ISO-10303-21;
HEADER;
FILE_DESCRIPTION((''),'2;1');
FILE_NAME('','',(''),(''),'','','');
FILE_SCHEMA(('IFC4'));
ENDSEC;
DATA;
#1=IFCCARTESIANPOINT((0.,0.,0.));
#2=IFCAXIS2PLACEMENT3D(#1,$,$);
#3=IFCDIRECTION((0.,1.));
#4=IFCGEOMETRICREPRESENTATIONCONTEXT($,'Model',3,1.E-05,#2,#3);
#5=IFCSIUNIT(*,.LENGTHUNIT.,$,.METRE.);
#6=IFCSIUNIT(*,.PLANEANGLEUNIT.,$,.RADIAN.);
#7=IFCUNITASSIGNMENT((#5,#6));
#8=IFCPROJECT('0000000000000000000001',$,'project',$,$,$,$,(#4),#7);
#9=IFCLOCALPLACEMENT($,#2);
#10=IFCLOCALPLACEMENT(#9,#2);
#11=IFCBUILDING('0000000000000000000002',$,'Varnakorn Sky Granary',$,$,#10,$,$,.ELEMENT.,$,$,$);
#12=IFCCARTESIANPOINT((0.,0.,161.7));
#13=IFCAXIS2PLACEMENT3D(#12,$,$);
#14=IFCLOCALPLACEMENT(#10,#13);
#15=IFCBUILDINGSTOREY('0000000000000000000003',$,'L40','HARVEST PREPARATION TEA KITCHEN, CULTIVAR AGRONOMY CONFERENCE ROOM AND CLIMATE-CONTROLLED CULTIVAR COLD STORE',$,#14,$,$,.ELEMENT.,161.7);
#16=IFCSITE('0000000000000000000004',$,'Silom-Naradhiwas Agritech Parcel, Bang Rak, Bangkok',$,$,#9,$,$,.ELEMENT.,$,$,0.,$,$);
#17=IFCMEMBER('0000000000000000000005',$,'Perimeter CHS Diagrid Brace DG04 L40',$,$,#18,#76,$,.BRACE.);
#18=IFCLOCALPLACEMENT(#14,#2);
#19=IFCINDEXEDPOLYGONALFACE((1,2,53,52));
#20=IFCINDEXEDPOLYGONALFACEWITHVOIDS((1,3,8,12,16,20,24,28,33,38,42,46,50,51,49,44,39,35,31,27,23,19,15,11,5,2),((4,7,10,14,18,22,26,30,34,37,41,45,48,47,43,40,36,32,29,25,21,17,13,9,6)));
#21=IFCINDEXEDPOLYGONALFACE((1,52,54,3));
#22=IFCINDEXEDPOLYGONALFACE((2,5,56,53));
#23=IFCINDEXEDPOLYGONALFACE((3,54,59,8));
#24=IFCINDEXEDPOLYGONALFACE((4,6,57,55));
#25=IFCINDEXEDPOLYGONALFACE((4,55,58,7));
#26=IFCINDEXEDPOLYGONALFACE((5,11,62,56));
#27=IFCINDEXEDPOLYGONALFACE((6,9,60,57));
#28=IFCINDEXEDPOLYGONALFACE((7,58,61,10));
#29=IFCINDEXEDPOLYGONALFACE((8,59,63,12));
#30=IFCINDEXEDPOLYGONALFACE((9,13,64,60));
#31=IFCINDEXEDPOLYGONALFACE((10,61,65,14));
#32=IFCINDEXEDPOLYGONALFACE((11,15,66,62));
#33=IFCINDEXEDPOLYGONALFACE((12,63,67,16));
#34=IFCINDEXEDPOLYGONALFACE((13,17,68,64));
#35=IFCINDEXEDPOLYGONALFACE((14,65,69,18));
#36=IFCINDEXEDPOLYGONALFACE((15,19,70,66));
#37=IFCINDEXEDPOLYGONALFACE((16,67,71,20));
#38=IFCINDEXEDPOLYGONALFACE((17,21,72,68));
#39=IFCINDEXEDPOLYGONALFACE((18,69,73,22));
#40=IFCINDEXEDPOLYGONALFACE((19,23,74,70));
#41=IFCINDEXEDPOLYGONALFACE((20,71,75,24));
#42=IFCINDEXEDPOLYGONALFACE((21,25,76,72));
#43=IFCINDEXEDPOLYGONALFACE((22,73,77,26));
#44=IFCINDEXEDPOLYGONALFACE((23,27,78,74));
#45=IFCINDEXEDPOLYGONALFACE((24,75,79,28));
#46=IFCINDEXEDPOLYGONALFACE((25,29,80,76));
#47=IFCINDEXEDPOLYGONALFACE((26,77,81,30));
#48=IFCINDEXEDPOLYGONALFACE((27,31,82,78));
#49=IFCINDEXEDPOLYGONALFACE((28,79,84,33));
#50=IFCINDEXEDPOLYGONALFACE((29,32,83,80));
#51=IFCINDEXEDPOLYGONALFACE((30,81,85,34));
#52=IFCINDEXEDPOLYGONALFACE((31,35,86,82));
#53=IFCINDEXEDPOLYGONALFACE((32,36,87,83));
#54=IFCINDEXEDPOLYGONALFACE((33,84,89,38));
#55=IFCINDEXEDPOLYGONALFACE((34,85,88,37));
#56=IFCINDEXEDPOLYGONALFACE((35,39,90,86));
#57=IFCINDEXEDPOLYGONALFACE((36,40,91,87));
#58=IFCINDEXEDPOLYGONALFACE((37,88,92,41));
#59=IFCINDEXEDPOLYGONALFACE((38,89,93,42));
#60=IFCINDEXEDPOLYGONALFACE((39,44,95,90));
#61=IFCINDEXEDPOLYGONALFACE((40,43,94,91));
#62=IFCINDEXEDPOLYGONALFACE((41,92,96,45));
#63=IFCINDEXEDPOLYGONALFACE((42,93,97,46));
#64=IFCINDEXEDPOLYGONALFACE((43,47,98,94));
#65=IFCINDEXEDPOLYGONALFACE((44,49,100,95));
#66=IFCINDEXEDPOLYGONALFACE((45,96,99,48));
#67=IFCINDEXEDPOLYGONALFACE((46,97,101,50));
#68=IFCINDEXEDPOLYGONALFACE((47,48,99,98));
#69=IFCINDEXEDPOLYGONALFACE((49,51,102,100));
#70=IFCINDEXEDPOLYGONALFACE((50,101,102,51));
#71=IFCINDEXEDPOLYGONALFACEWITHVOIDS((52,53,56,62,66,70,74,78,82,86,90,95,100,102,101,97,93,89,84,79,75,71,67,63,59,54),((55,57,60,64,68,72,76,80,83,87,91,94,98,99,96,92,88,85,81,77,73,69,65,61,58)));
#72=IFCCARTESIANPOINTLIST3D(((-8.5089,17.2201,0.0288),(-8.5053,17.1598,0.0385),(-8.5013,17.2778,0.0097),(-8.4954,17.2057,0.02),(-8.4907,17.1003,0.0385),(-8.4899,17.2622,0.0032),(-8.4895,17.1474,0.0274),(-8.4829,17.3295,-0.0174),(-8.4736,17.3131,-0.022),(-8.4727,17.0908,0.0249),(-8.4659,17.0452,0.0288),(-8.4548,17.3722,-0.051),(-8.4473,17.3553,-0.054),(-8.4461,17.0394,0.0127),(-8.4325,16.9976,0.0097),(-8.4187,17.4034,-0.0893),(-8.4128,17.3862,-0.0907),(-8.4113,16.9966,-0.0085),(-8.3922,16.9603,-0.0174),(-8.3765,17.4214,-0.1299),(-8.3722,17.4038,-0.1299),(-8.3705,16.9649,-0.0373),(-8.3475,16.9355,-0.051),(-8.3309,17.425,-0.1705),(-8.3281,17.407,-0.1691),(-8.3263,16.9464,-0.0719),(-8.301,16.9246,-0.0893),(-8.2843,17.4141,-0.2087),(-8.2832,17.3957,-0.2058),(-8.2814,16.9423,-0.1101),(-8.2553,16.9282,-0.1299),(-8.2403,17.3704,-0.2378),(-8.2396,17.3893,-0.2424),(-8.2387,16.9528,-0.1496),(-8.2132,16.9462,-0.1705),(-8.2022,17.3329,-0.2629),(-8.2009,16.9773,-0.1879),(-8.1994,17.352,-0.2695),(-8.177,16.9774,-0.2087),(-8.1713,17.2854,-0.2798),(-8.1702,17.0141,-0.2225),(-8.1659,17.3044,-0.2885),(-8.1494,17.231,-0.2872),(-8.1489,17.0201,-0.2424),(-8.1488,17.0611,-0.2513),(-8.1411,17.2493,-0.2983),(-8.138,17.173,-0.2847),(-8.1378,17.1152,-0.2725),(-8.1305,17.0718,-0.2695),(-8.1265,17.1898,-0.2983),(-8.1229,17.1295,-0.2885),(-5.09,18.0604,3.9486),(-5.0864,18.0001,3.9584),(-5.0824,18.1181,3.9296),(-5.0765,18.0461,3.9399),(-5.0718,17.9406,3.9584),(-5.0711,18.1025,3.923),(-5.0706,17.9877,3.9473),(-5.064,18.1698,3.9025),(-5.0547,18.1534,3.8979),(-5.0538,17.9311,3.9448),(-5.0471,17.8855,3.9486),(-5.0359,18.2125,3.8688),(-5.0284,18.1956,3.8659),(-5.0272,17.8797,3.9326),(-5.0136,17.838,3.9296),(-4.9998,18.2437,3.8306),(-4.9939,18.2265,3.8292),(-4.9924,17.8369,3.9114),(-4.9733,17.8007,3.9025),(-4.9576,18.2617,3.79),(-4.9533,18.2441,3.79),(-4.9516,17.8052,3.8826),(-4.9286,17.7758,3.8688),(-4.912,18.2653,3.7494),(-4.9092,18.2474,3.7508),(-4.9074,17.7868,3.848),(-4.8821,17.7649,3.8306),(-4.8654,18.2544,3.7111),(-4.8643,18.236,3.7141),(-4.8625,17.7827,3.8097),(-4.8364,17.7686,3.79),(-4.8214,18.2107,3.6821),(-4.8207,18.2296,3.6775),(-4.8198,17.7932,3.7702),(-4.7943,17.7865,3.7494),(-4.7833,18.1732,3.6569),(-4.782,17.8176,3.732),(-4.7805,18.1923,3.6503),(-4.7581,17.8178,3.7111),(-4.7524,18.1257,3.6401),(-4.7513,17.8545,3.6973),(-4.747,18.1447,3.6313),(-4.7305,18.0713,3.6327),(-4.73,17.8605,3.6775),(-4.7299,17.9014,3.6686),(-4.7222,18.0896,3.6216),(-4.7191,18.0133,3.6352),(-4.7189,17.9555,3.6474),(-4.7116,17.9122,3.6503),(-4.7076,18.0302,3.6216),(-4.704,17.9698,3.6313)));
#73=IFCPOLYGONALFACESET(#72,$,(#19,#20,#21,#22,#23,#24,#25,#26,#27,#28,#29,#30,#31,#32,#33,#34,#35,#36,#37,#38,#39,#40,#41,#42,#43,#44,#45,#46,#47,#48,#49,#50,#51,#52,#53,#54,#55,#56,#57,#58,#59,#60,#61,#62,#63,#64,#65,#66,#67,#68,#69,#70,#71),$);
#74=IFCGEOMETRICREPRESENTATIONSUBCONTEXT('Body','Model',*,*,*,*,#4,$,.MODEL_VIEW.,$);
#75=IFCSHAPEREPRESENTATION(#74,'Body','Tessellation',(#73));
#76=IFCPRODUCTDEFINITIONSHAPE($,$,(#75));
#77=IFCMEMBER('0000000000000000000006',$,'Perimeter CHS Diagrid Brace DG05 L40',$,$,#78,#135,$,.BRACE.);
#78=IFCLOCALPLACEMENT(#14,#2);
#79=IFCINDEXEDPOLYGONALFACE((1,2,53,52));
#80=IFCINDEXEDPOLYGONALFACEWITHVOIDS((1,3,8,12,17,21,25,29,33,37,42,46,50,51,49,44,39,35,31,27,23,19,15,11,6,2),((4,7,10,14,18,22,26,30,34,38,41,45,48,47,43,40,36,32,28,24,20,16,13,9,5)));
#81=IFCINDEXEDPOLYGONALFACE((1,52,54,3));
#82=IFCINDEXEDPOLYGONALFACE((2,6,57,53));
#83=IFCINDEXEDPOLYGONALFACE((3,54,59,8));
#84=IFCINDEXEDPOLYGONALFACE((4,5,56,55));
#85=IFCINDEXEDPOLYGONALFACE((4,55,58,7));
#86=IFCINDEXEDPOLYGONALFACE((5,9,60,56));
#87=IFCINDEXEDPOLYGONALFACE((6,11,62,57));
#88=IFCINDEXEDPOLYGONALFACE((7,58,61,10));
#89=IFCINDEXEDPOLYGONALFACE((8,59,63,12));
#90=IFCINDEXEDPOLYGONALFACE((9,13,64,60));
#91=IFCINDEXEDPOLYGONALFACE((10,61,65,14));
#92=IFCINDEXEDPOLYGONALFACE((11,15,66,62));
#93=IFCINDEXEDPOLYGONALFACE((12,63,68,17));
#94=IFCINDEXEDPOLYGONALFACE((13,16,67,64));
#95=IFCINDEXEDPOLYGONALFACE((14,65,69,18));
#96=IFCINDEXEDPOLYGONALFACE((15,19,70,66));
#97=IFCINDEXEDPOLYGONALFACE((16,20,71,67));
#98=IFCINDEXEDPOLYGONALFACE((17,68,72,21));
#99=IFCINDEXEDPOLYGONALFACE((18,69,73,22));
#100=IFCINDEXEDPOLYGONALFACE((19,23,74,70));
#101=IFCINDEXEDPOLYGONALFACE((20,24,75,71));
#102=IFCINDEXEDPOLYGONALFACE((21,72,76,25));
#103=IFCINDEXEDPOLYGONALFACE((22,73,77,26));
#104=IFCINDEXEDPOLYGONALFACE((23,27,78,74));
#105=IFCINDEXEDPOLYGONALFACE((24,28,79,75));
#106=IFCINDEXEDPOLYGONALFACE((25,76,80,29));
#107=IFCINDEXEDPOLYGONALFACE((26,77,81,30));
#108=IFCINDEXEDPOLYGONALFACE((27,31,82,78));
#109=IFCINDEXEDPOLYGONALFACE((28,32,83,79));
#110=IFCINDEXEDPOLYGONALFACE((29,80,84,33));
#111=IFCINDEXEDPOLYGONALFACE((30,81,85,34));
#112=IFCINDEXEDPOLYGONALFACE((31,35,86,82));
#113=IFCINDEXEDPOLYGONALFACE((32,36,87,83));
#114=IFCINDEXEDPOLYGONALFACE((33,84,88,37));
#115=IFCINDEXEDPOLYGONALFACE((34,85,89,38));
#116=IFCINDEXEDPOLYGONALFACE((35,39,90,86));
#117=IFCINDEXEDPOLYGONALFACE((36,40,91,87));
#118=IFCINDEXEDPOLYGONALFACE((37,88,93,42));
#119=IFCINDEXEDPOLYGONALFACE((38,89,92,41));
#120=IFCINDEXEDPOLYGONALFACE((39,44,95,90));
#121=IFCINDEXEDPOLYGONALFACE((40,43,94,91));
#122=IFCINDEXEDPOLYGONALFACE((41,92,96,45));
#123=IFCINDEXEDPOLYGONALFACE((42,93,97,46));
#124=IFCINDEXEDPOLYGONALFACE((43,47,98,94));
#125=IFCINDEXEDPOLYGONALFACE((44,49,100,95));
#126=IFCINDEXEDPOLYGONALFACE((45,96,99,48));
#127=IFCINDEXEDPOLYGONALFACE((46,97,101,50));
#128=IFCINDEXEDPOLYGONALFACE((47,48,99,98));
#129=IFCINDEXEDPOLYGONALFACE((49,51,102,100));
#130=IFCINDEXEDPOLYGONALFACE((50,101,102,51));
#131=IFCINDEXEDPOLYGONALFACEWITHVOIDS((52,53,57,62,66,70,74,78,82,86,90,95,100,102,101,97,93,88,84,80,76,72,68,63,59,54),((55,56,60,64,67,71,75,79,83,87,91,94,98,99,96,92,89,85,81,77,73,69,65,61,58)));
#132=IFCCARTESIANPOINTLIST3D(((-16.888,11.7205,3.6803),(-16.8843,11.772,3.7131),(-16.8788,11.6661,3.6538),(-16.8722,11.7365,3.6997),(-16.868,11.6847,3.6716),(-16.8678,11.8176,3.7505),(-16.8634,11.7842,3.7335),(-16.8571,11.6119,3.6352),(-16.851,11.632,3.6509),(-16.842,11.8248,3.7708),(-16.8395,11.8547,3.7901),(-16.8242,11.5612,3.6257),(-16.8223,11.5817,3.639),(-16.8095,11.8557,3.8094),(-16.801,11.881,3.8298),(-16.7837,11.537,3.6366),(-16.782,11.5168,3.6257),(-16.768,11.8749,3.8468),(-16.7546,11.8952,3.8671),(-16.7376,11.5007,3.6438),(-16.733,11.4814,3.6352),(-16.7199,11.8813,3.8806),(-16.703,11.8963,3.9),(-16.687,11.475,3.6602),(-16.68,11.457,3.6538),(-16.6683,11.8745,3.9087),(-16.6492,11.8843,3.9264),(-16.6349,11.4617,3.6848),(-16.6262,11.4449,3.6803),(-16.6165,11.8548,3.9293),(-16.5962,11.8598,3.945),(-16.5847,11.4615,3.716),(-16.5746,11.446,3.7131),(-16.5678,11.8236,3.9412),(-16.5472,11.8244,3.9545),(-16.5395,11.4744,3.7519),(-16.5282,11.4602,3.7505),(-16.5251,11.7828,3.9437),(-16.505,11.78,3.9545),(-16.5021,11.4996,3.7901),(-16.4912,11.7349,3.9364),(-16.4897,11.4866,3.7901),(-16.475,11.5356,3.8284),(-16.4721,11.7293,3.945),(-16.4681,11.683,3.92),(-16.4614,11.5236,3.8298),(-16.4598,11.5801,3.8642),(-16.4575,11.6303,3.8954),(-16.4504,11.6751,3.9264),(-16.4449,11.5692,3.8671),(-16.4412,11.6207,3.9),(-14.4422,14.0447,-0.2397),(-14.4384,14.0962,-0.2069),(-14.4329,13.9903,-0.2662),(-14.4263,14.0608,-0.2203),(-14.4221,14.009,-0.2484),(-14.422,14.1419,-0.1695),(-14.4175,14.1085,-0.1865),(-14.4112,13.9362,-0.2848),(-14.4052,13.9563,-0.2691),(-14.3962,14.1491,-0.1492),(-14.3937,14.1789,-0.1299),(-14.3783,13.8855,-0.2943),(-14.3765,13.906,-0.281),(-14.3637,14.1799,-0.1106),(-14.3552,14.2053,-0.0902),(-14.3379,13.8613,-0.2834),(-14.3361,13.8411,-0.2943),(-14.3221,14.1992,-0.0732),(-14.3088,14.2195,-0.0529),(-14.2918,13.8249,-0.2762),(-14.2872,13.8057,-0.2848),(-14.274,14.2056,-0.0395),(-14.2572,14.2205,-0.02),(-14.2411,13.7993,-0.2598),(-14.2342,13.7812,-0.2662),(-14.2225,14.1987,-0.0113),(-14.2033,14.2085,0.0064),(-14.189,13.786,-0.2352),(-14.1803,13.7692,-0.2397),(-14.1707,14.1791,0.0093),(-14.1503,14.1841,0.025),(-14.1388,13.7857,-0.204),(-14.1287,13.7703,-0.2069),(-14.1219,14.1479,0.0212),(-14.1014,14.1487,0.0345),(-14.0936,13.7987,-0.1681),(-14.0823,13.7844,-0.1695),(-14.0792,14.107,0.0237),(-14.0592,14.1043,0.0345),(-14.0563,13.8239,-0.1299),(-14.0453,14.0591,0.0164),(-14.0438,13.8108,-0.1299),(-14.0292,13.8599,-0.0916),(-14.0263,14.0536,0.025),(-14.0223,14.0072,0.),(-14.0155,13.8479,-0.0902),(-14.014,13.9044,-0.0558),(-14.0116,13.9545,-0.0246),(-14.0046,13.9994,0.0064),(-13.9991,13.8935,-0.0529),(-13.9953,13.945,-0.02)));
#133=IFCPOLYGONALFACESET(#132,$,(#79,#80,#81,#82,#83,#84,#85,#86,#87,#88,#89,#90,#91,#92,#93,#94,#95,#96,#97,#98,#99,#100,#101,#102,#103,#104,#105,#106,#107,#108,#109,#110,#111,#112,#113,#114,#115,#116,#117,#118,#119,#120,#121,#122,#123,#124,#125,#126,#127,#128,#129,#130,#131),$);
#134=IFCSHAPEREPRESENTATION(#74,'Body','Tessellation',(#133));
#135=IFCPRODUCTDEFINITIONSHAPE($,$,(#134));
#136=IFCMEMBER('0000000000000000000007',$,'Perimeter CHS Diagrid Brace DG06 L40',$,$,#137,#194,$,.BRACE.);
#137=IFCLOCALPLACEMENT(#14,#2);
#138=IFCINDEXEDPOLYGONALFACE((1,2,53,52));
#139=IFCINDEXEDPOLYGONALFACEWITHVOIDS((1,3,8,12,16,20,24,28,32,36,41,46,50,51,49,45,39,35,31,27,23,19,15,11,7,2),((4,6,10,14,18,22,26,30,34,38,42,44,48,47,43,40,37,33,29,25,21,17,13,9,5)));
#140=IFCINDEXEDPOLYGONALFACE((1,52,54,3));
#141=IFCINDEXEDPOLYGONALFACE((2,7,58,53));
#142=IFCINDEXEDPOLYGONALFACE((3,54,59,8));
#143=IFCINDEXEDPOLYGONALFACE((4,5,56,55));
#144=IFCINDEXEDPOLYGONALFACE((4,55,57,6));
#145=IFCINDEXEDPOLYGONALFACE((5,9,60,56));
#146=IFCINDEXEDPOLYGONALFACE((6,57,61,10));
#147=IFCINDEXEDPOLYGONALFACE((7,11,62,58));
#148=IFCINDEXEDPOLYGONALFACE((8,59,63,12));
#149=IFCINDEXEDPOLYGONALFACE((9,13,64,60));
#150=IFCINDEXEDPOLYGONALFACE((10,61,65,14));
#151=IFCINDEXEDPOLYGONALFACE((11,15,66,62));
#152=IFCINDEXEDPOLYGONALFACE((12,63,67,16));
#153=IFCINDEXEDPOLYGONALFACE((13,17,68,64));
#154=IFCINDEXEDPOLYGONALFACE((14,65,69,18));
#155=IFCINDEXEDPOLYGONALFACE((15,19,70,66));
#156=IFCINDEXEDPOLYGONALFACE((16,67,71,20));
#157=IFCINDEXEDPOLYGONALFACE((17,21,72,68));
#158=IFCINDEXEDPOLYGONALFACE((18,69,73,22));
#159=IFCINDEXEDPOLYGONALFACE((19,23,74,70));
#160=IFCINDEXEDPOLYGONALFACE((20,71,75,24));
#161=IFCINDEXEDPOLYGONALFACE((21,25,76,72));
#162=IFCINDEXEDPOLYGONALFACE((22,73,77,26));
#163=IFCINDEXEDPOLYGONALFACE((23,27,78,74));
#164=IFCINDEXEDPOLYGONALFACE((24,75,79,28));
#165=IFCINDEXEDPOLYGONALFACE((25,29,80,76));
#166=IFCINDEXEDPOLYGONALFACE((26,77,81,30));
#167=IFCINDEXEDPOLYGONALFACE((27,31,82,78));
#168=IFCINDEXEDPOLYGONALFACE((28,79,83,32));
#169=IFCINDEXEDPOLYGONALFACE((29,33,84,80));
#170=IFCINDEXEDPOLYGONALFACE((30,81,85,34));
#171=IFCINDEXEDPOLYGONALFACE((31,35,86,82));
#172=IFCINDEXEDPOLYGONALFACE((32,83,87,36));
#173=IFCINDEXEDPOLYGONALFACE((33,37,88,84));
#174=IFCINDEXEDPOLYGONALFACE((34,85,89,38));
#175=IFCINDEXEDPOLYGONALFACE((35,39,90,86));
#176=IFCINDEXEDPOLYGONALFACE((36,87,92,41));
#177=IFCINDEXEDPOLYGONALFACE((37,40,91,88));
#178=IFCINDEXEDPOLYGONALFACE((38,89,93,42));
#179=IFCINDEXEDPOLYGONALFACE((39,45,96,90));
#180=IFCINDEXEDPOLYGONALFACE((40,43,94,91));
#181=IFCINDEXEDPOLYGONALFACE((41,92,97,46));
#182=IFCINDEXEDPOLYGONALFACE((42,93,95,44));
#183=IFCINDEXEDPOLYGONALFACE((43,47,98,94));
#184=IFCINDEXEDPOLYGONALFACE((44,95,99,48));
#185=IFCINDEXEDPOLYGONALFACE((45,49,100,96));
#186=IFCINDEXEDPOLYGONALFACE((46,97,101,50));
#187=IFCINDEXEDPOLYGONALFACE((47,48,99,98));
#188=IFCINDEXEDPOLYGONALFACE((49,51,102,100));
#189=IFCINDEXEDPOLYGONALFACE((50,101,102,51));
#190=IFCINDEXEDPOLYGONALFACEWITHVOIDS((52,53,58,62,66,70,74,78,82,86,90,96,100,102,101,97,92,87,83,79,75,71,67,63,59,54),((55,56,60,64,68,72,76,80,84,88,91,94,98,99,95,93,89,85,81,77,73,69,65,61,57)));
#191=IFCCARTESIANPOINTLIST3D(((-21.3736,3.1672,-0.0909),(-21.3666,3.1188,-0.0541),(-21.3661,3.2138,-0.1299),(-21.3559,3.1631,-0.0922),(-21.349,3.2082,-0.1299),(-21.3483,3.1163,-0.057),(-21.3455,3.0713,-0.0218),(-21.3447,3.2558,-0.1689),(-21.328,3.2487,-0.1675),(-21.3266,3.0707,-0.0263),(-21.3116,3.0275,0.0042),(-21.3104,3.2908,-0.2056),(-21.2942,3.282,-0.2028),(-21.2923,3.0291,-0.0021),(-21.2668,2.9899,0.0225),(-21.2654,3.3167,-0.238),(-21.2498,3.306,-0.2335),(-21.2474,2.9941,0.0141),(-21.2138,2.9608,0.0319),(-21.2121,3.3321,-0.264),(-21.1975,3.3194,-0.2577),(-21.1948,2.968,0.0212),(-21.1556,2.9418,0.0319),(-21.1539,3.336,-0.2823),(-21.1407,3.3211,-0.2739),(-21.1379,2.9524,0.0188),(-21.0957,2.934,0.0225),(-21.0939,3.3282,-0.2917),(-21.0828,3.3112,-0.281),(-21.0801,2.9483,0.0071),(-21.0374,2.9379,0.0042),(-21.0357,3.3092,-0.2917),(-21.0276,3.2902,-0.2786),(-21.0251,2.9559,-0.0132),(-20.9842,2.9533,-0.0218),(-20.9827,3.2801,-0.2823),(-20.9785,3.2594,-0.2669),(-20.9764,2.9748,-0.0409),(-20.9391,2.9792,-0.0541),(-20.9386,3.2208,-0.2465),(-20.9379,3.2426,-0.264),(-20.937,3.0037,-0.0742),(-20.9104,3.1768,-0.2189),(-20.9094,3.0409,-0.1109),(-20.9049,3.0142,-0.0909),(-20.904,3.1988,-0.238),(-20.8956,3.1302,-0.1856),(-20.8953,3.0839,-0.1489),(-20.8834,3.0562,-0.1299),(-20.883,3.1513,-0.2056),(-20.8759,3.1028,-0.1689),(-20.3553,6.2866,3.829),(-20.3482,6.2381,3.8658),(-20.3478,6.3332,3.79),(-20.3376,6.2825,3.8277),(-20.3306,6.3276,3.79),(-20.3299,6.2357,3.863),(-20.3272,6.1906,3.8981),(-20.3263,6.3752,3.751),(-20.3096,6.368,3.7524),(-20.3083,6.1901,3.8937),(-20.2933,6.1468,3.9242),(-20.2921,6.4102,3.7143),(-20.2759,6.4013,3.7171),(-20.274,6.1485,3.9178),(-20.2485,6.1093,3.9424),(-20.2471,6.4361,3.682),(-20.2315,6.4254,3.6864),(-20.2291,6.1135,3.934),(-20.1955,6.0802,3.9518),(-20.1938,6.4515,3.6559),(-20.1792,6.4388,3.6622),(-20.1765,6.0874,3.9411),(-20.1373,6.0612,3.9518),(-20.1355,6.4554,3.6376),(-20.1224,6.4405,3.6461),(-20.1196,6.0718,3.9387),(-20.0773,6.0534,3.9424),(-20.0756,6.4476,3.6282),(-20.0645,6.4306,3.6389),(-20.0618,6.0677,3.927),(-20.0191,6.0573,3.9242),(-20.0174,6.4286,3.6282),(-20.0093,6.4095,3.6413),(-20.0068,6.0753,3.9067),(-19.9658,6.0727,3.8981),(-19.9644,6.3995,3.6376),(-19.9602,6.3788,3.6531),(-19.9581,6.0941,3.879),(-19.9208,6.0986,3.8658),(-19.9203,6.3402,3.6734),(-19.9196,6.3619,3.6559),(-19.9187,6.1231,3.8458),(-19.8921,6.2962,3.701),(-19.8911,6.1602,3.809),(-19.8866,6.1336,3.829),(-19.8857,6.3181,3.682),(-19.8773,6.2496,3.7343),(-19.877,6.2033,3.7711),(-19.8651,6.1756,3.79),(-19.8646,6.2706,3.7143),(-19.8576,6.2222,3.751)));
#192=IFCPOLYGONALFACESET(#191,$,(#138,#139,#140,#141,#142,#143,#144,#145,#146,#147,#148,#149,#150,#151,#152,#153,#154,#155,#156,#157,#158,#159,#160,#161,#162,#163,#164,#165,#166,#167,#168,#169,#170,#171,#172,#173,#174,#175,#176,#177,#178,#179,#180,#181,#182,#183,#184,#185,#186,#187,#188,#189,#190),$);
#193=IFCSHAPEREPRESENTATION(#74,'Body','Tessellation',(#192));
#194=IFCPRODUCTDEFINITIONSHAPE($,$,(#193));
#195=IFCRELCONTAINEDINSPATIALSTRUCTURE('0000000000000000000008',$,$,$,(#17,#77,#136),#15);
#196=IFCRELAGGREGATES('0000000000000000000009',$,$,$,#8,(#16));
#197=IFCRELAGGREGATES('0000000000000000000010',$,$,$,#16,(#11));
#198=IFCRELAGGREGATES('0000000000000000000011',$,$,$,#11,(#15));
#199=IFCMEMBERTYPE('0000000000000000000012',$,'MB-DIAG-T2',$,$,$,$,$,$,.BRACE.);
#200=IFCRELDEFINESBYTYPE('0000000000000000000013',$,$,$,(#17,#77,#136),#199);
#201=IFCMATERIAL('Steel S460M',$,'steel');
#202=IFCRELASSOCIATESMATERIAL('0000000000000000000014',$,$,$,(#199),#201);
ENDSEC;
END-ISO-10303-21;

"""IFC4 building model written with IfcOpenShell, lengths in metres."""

from ifc_helpers import new_model, si_unit, direction, frame, origin, origin_2d, place, context, subcontext, project, spatial, hollow_circle, extrude, material, material_profile, profile_set, type_object, element, save


model = new_model("IFC4")

# Units and contexts
model_context = context("Model", 3, precision=1e-05, world=origin(), true_north=direction((0.0, 1.0)))
body_context = subcontext(model_context, "Body", "Model", "MODEL_VIEW")
ifc_project = project(units=[si_unit("LENGTHUNIT", "METRE"), si_unit("PLANEANGLEUNIT", "RADIAN")], contexts=[model_context])

# Site, building, storey
site_placement = place(None, origin())
site = spatial("IfcSite", under=ifc_project, at=site_placement, Name="Silom-Naradhiwas Agritech Parcel, Bang Rak, Bangkok", CompositionType="ELEMENT", RefElevation=0.0)
building_placement = place(site_placement, origin())
building = spatial("IfcBuilding", under=site, at=building_placement, Name="Varnakorn Sky Granary", CompositionType="ELEMENT")
storey_placement = place(building_placement, frame((0.0, 0.0, 161.7)))
storey = spatial("IfcBuildingStorey", under=building, at=storey_placement, Name="L40", Description="HARVEST PREPARATION TEA KITCHEN, CULTIVAR AGRONOMY CONFERENCE ROOM AND CLIMATE-CONTROLLED CULTIVAR COLD STORE", CompositionType="ELEMENT", Elevation=161.7)

# Shared definitions
ifc_material_1 = material(Name="Steel S460M", Category="steel")

# Members
ifc_material_profile_1 = material_profile(ifc_material_1, hollow_circle(Radius=0.2539, WallThickness=0.0181, at=origin_2d()), Name="CHS 508x18")
ifc_profile_set_1 = profile_set([ifc_material_profile_1], Name="Steel S460M")
member_type_1 = type_object("IfcMemberType", Name="MB-DIAG-T2", PredefinedType="BRACE", material=ifc_profile_set_1)
member_1_placement = place(storey_placement, frame((-8.3159, 17.1748, -0.1299), z_axis=(0.648894, 0.15949, 0.743976), x_axis=(-0.238683, 0.971098, 0.0)))
element("IfcMember", 1, at=member_1_placement, inside=storey, type_object=member_type_1, Name="Perimeter CHS Diagrid Brace DG04 L40", PredefinedType="BRACE", context=body_context, shape_type="SweptSolid", body=[
    extrude(hollow_circle(Radius=0.2539, WallThickness=0.0181, at=origin_2d()), origin(), (0.0, 0.0, 1.0), 5.2688),
])
member_2_placement = place(storey_placement, frame((-14.2188, 13.9949, -0.1299), z_axis=(-0.472891, -0.449384, 0.75791), x_axis=(0.68886, -0.724895, 0.0)))
element("IfcMember", 2, at=member_2_placement, inside=storey, type_object=member_type_1, Name="Perimeter CHS Diagrid Brace DG05 L40", PredefinedType="BRACE", context=body_context, shape_type="SweptSolid", body=[
    extrude(hollow_circle(Radius=0.2539, WallThickness=0.0181, at=origin_2d()), origin(), (0.0, 0.0, 1.0), 5.1721),
])
member_3_placement = place(storey_placement, frame((-21.1248, 3.135, -0.1299), z_axis=(0.199197, 0.610199, 0.766797), x_axis=(-0.950629, 0.310329, 0.0)))
element("IfcMember", 3, at=member_3_placement, inside=storey, type_object=member_type_1, Name="Perimeter CHS Diagrid Brace DG06 L40", PredefinedType="BRACE", context=body_context, shape_type="SweptSolid", body=[
    extrude(hollow_circle(Radius=0.2539, WallThickness=0.0181, at=origin_2d()), origin(), (0.0, 0.0, 1.0), 5.1121),
])

save(model, "model.ifc")
